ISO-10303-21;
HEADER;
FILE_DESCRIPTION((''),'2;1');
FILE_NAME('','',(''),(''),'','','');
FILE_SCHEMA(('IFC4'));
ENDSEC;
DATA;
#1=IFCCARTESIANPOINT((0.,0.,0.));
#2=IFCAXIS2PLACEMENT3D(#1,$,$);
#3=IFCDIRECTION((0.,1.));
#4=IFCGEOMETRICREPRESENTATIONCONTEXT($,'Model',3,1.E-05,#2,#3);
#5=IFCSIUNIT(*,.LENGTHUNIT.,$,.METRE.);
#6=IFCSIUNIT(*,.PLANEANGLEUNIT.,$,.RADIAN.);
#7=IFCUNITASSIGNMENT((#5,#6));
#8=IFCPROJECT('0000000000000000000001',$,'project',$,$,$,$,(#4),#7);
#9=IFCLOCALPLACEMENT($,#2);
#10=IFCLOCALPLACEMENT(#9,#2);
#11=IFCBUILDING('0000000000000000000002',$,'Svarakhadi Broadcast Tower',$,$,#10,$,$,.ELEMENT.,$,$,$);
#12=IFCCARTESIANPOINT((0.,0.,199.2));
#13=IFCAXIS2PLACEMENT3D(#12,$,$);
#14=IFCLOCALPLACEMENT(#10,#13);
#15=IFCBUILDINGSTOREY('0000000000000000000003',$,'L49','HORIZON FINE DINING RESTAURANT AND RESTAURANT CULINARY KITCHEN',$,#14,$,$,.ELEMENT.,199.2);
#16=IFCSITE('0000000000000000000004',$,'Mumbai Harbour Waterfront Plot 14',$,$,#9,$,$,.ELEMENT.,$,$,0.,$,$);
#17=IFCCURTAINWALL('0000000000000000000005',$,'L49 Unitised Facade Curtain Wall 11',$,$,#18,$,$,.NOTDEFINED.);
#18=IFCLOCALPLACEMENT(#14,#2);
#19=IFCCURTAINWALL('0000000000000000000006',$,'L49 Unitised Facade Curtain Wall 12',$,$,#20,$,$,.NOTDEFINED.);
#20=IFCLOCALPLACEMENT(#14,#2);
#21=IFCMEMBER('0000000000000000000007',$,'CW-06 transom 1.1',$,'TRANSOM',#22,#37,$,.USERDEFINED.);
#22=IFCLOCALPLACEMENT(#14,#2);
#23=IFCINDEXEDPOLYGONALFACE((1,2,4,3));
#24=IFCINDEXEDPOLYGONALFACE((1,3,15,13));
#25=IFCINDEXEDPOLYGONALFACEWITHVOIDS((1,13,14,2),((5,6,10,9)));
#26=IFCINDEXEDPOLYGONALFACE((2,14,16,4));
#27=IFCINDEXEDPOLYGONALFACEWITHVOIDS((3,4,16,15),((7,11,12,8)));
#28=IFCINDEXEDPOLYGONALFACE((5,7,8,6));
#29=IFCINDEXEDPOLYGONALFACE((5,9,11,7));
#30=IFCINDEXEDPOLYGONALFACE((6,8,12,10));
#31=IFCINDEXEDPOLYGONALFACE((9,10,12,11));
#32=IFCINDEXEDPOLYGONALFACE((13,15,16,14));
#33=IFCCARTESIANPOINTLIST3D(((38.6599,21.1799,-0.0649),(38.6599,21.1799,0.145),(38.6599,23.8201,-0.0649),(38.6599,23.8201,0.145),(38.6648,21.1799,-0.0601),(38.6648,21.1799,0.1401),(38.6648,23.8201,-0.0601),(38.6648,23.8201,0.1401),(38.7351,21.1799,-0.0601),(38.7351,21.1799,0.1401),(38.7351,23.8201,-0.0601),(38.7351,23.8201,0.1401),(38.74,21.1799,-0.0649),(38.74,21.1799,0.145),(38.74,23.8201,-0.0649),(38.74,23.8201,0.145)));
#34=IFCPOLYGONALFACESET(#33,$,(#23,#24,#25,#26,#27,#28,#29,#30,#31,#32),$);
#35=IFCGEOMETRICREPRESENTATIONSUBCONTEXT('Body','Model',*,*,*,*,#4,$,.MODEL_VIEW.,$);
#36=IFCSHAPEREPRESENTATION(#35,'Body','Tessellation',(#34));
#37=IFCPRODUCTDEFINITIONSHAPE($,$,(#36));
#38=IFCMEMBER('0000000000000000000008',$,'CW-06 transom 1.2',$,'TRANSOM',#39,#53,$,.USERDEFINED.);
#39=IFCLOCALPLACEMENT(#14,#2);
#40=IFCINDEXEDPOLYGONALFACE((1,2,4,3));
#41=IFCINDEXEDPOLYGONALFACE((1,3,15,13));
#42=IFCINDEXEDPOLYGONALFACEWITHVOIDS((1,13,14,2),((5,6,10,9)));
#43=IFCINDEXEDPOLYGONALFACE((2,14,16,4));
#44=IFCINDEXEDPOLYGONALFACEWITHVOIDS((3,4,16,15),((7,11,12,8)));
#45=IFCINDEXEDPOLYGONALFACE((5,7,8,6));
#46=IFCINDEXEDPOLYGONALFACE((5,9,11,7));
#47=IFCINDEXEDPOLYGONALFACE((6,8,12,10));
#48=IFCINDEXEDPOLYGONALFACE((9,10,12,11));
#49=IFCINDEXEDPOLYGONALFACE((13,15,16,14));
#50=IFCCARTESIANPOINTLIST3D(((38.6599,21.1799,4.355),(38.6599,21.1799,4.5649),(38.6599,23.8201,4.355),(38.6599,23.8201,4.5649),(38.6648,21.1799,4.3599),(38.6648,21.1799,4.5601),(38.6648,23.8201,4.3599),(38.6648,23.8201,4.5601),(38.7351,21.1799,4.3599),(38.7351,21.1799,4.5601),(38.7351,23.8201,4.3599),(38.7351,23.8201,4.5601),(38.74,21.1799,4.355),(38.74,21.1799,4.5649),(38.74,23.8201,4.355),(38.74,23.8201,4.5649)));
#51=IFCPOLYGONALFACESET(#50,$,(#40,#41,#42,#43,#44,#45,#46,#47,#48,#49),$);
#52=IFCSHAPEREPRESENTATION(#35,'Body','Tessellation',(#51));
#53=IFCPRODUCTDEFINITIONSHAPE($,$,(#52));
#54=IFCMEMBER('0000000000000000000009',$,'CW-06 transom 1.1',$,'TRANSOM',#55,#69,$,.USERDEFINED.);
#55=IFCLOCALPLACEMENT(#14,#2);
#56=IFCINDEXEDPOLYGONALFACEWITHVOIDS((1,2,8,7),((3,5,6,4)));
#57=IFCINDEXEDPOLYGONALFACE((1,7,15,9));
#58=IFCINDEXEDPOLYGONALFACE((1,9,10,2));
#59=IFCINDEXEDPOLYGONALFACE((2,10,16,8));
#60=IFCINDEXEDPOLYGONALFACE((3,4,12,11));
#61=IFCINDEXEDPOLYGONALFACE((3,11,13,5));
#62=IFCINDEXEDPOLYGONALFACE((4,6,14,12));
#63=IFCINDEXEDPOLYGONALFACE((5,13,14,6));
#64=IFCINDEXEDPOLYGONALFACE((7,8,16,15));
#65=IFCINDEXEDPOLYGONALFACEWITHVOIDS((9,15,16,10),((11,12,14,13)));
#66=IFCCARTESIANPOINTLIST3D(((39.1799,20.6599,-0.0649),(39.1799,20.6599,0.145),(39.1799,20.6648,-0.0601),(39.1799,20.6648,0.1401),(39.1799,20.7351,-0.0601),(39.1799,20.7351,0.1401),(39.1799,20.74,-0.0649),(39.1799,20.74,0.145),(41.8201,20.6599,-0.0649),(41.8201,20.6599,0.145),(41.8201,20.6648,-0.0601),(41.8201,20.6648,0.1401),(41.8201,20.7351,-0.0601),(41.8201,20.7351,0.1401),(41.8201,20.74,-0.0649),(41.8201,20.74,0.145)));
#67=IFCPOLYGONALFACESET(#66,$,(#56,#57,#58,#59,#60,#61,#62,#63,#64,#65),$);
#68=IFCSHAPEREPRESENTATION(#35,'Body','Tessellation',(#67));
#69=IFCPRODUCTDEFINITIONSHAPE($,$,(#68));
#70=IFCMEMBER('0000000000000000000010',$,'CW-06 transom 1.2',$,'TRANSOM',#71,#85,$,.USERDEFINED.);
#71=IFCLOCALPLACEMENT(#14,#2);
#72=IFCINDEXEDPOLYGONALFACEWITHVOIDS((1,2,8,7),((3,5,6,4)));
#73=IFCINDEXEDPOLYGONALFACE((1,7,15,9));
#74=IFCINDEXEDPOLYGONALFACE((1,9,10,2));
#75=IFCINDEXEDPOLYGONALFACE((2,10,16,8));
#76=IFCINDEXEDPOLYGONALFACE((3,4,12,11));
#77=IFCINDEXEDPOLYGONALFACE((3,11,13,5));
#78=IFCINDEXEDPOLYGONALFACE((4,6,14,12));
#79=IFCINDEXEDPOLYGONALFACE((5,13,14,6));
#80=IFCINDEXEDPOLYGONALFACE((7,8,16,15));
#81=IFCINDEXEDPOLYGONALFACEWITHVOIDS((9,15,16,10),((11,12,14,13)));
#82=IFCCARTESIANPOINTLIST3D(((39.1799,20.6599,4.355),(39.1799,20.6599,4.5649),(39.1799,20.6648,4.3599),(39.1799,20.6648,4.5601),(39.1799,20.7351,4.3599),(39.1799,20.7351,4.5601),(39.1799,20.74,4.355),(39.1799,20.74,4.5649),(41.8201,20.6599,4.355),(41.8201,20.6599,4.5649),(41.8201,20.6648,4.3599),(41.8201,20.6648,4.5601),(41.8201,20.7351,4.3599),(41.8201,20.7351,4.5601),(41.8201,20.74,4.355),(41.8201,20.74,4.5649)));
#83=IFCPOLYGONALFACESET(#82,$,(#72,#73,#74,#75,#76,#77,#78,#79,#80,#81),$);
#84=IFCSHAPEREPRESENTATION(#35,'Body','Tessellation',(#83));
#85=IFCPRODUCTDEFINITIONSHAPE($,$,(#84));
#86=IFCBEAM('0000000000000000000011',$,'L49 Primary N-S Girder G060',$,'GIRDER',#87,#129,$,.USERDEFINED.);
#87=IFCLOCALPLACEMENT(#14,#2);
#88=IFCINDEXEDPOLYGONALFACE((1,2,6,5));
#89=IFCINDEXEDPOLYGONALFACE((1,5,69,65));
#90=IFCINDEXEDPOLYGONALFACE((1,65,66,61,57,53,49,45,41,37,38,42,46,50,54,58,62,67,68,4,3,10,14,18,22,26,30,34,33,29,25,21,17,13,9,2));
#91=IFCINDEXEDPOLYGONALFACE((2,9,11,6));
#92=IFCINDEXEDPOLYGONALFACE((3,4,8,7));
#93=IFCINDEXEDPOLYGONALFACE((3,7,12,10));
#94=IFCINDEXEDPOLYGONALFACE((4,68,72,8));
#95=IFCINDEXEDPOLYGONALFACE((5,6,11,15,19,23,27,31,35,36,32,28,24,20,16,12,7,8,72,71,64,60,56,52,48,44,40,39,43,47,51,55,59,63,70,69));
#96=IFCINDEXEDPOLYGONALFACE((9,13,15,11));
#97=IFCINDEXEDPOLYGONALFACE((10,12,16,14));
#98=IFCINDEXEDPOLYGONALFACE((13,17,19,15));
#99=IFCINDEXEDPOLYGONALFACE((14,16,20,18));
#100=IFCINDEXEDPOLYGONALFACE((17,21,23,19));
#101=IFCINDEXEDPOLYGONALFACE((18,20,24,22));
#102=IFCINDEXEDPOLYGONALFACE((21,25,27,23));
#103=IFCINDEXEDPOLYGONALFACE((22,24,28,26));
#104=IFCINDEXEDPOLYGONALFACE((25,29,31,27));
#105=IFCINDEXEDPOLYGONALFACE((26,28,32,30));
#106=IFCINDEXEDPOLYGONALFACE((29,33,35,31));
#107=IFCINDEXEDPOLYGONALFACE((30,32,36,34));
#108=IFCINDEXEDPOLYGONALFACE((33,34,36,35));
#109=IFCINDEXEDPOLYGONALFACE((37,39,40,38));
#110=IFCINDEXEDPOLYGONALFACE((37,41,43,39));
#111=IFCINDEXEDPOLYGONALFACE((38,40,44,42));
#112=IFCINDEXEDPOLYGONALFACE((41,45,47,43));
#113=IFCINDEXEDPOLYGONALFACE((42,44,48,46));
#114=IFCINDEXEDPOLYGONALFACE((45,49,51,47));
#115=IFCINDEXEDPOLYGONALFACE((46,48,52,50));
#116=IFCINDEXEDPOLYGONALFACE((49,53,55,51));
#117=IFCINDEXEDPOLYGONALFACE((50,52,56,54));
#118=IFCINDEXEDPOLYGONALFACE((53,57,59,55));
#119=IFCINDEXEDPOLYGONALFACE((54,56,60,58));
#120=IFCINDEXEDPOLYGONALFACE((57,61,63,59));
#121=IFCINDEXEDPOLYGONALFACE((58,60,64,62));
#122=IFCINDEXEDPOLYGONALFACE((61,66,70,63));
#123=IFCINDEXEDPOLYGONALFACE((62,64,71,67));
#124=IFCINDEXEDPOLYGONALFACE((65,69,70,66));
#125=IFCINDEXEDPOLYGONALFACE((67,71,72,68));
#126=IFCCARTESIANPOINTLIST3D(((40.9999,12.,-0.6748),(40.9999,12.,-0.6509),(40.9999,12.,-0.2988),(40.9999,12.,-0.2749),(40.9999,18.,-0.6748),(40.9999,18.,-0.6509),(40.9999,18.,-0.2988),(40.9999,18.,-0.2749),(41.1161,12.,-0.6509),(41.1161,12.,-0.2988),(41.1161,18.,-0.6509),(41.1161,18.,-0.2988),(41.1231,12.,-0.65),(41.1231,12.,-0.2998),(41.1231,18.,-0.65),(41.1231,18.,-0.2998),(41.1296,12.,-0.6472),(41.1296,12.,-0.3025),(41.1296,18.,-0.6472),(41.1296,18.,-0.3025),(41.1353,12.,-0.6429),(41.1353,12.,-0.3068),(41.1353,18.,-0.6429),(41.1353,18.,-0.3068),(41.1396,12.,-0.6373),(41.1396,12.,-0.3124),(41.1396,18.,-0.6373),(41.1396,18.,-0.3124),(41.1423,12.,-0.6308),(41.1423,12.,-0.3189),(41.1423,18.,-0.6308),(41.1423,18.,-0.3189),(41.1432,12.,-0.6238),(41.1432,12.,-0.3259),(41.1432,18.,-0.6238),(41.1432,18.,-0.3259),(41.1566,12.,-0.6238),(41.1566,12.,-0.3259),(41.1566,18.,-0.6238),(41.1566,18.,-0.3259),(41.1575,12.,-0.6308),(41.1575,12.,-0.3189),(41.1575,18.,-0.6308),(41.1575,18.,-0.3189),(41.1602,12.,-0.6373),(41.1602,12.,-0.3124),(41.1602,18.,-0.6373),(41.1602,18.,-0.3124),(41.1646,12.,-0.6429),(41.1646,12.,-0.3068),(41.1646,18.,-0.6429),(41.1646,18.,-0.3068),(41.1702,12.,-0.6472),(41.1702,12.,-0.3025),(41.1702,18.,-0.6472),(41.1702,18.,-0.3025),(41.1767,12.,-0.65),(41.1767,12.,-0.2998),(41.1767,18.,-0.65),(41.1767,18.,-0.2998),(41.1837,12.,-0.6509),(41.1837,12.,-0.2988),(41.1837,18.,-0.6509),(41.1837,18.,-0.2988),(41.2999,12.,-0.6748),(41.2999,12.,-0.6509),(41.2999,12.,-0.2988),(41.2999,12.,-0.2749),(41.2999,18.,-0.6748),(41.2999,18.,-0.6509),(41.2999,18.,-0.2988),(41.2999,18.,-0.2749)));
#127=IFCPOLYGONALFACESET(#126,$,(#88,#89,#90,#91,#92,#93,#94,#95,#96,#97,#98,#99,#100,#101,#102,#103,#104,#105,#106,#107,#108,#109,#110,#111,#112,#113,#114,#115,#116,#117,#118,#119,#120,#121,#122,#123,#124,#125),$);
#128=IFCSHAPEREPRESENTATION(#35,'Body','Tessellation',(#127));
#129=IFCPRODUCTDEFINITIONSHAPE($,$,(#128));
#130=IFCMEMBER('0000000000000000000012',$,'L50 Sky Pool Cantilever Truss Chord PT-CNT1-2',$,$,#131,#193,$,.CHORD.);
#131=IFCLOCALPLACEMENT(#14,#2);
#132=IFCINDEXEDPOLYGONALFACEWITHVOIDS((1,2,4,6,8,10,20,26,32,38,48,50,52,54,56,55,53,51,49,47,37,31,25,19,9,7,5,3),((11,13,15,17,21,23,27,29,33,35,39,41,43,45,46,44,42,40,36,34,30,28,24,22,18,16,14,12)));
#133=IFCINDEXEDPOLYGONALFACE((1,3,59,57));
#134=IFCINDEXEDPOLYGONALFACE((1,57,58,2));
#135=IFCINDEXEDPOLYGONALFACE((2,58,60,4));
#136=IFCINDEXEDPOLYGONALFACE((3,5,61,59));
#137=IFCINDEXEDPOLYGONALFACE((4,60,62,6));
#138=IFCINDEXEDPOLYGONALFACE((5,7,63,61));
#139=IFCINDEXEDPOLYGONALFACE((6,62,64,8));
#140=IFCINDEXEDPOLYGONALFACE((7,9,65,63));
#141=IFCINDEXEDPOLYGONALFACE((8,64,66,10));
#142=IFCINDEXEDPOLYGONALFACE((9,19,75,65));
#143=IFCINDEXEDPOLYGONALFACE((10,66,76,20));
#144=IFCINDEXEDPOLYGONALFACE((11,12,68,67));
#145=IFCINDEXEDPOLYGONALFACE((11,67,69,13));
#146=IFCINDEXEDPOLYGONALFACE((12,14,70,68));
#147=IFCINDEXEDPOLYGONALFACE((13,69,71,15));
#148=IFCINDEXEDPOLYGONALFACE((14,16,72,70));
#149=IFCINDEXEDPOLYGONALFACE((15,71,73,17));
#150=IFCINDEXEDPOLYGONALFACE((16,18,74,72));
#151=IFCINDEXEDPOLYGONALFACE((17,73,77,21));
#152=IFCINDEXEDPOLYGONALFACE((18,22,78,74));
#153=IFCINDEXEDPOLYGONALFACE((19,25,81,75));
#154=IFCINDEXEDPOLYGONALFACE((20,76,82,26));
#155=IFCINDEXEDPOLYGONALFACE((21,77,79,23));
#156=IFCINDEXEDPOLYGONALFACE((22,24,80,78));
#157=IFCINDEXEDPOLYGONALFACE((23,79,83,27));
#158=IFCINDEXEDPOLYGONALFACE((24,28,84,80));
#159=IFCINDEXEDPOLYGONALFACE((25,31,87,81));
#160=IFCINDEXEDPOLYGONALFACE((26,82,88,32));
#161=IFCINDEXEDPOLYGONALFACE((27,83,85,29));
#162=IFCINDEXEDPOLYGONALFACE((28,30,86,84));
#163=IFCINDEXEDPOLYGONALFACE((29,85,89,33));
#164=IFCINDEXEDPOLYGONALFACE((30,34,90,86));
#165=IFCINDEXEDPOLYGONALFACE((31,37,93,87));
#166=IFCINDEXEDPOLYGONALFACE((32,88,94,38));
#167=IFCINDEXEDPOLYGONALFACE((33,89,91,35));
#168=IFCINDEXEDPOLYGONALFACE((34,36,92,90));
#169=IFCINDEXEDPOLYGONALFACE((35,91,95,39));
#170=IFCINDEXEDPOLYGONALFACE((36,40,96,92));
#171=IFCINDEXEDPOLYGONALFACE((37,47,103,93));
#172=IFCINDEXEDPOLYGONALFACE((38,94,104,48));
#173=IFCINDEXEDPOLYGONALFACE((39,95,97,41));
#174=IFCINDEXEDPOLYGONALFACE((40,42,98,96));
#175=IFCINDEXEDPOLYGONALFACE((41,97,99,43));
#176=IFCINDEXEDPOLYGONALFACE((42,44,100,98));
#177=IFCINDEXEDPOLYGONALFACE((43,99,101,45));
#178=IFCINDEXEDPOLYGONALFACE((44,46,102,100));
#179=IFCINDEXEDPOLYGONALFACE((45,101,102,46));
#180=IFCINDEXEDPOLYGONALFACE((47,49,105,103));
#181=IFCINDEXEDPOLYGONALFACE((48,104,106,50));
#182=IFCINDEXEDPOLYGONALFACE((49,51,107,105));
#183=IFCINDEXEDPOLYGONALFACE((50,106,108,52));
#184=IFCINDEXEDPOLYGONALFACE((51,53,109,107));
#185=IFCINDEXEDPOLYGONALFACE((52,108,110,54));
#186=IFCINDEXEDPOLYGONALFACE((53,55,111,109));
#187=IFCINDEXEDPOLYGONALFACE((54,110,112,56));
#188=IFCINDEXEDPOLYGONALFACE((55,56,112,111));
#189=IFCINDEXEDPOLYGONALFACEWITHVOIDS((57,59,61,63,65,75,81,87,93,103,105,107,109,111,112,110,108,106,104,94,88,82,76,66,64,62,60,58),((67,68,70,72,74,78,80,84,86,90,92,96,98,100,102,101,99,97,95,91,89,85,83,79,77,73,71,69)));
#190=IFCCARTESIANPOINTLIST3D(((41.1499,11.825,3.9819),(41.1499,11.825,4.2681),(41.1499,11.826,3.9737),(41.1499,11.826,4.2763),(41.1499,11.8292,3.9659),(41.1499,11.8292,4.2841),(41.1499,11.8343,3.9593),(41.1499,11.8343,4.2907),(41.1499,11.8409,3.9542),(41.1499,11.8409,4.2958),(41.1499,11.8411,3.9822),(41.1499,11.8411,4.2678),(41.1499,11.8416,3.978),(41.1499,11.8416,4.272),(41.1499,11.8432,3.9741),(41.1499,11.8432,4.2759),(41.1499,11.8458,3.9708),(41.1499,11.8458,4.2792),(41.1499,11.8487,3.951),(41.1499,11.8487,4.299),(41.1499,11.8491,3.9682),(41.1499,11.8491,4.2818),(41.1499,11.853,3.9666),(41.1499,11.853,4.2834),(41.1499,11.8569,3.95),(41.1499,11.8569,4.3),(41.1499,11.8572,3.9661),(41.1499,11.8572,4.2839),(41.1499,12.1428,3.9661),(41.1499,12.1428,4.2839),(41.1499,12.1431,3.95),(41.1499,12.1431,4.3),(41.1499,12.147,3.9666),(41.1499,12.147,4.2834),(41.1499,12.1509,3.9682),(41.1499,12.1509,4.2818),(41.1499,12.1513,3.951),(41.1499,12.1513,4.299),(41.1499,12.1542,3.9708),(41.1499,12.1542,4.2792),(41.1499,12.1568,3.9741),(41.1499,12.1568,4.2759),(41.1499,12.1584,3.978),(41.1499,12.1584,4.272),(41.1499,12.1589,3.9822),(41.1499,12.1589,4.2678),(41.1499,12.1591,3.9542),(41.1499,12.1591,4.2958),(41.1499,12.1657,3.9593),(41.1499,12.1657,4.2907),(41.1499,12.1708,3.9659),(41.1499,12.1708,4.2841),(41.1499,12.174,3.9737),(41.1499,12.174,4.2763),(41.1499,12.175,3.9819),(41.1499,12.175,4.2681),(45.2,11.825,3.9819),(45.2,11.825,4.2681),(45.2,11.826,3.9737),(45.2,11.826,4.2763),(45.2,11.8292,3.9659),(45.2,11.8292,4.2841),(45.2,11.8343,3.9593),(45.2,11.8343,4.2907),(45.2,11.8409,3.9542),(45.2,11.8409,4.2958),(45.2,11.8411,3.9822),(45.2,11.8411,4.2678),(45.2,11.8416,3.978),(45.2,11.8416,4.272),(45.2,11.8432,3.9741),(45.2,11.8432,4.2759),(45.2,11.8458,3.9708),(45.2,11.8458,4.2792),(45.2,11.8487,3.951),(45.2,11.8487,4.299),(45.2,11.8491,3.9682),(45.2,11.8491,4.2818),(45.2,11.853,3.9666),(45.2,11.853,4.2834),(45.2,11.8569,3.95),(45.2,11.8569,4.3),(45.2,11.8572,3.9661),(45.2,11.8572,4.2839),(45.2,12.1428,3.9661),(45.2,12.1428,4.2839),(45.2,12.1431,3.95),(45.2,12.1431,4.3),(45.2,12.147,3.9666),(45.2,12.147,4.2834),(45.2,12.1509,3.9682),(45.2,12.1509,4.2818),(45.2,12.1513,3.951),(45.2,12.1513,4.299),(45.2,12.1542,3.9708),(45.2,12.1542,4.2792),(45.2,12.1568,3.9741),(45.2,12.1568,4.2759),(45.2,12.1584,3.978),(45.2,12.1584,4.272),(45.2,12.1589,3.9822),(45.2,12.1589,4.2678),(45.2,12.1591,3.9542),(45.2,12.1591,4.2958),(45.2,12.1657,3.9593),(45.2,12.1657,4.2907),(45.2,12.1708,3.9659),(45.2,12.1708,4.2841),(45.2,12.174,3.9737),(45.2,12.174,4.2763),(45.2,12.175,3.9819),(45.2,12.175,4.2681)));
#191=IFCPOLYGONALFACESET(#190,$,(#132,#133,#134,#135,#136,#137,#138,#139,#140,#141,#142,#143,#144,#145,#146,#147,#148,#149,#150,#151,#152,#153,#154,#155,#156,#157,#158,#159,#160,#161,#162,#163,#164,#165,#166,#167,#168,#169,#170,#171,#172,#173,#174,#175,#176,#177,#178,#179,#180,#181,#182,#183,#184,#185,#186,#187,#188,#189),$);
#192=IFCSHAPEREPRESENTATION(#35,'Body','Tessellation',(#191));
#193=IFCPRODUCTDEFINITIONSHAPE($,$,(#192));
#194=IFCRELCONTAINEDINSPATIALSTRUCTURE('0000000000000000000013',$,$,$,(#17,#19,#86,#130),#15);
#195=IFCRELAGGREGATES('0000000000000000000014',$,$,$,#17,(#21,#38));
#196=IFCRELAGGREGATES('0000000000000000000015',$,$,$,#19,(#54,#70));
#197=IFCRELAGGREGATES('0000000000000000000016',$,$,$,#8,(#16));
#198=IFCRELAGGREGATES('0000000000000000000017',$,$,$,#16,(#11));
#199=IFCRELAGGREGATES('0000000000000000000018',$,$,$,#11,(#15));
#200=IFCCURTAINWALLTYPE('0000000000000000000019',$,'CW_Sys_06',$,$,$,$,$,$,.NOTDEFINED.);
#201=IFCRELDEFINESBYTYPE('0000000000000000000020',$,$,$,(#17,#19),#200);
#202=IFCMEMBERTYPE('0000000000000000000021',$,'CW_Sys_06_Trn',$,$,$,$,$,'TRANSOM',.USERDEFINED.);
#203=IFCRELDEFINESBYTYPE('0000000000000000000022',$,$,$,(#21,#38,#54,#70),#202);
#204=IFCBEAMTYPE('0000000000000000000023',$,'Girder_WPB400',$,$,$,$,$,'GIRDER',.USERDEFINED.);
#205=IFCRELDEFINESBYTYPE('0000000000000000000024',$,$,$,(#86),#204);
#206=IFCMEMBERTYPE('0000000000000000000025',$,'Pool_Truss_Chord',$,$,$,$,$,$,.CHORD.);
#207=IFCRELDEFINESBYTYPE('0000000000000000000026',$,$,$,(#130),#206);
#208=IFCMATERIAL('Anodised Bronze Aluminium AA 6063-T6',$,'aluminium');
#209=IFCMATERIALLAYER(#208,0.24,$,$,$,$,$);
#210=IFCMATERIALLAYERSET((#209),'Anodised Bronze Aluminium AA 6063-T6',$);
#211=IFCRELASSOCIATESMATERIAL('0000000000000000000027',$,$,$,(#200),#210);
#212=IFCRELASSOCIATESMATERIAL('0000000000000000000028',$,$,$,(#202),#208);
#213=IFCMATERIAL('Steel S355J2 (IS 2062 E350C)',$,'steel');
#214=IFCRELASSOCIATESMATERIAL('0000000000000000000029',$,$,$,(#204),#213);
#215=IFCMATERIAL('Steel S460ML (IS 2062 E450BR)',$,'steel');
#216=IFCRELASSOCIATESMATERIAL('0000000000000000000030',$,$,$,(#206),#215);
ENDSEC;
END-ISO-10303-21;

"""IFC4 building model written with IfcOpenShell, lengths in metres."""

from ifc_helpers import new_model, si_unit, direction, frame, origin, origin_2d, place, context, subcontext, project, spatial, hollow_rectangle, i_section, extrude, material, layer, layer_set, material_profile, profile_set, type_object, element, aggregate, save


model = new_model("IFC4")

# Units and contexts
model_context = context("Model", 3, precision=1e-05, world=origin(), true_north=direction((0.0, 1.0)))
body_context = subcontext(model_context, "Body", "Model", "MODEL_VIEW")
ifc_project = project(units=[si_unit("LENGTHUNIT", "METRE"), si_unit("PLANEANGLEUNIT", "RADIAN")], contexts=[model_context])

# Site, building, storey
site_placement = place(None, origin())
site = spatial("IfcSite", under=ifc_project, at=site_placement, Name="Mumbai Harbour Waterfront Plot 14", CompositionType="ELEMENT", RefElevation=0.0)
building_placement = place(site_placement, origin())
building = spatial("IfcBuilding", under=site, at=building_placement, Name="Svarakhadi Broadcast Tower", CompositionType="ELEMENT")
storey_placement = place(building_placement, frame((0.0, 0.0, 199.2)))
storey = spatial("IfcBuildingStorey", under=building, at=storey_placement, Name="L49", Description="HORIZON FINE DINING RESTAURANT AND RESTAURANT CULINARY KITCHEN", CompositionType="ELEMENT", Elevation=199.2)

# Shared definitions
ifc_material_1 = material(Name="Steel S460ML (IS 2062 E450BR)", Category="steel")

# Shared definitions
ifc_material_2 = material(Name="Anodised Bronze Aluminium AA 6063-T6", Category="aluminium")
ifc_layer_1 = layer(ifc_material_2, 0.24)
ifc_layer_set_1 = layer_set([ifc_layer_1], Name="Anodised Bronze Aluminium AA 6063-T6")
curtain_wall_type = type_object("IfcCurtainWallType", Name="CW_Sys_06", PredefinedType="NOTDEFINED", material=ifc_layer_set_1)

# Curtain walls
curtain_wall_1_placement = place(storey_placement, origin())
curtain_wall_1 = element("IfcCurtainWall", 1, at=curtain_wall_1_placement, inside=storey, type_object=curtain_wall_type, Name="L49 Unitised Facade Curtain Wall 11", PredefinedType="NOTDEFINED")
curtain_wall_2_placement = place(storey_placement, origin())
curtain_wall_2 = element("IfcCurtainWall", 2, at=curtain_wall_2_placement, inside=storey, type_object=curtain_wall_type, Name="L49 Unitised Facade Curtain Wall 12", PredefinedType="NOTDEFINED")

# Members
ifc_material_profile_1 = material_profile(ifc_material_2, hollow_rectangle(XDim=0.0801, YDim=0.21, WallThickness=0.0049, at=origin_2d()), Name="ALU TRANSOM 210x80x5")
ifc_profile_set_1 = profile_set([ifc_material_profile_1], Name="Anodised Bronze Aluminium AA 6063-T6")
member_type_1 = type_object("IfcMemberType", Name="CW_Sys_06_Trn", ElementType="TRANSOM", PredefinedType="USERDEFINED", material=ifc_profile_set_1)
member_1_placement = place(storey_placement, frame((38.7, 23.8201, 0.04), z_axis=(0.0, -1.0, 0.0), x_axis=(1.0, 0.0, 0.0)))
member_1 = element("IfcMember", 3, at=member_1_placement, type_object=member_type_1, Name="CW-06 transom 1.1", ObjectType="TRANSOM", PredefinedType="USERDEFINED", context=body_context, shape_type="SweptSolid", body=[
    extrude(hollow_rectangle(XDim=0.0801, YDim=0.21, WallThickness=0.0049, at=origin_2d()), origin(), (0.0, 0.0, 1.0), 2.6401),
])
member_2_placement = place(storey_placement, frame((38.7, 23.8201, 4.46), z_axis=(0.0, -1.0, 0.0), x_axis=(1.0, 0.0, 0.0)))
member_2 = element("IfcMember", 4, at=member_2_placement, type_object=member_type_1, Name="CW-06 transom 1.2", ObjectType="TRANSOM", PredefinedType="USERDEFINED", context=body_context, shape_type="SweptSolid", body=[
    extrude(hollow_rectangle(XDim=0.0801, YDim=0.21, WallThickness=0.0049, at=origin_2d()), origin(), (0.0, 0.0, 1.0), 2.6401),
])
member_3_placement = place(storey_placement, frame((39.1799, 20.7, 0.04), z_axis=(1.0, 0.0, 0.0), x_axis=(0.0, 1.0, 0.0)))
member_3 = element("IfcMember", 5, at=member_3_placement, type_object=member_type_1, Name="CW-06 transom 1.1", ObjectType="TRANSOM", PredefinedType="USERDEFINED", context=body_context, shape_type="SweptSolid", body=[
    extrude(hollow_rectangle(XDim=0.0801, YDim=0.21, WallThickness=0.0049, at=origin_2d()), origin(), (0.0, 0.0, 1.0), 2.6401),
])
member_4_placement = place(storey_placement, frame((39.1799, 20.7, 4.46), z_axis=(1.0, 0.0, 0.0), x_axis=(0.0, 1.0, 0.0)))
member_4 = element("IfcMember", 6, at=member_4_placement, type_object=member_type_1, Name="CW-06 transom 1.2", ObjectType="TRANSOM", PredefinedType="USERDEFINED", context=body_context, shape_type="SweptSolid", body=[
    extrude(hollow_rectangle(XDim=0.0801, YDim=0.21, WallThickness=0.0049, at=origin_2d()), origin(), (0.0, 0.0, 1.0), 2.6401),
])

# Beam
ifc_material_3 = material(Name="Steel S355J2 (IS 2062 E350C)", Category="steel")
ifc_material_profile_2 = material_profile(ifc_material_3, i_section(OverallWidth=0.3, OverallDepth=0.3999, WebThickness=0.0134, FlangeThickness=0.0239, FilletRadius=0.0271, at=origin_2d()), Name="WPB 400x300x155")
ifc_profile_set_2 = profile_set([ifc_material_profile_2], Name="Steel S355J2 (IS 2062 E350C)")
beam_type = type_object("IfcBeamType", Name="Girder_WPB400", ElementType="GIRDER", PredefinedType="USERDEFINED", material=ifc_profile_set_2)
beam_placement = place(storey_placement, frame((41.1499, 12.0, -0.4749), z_axis=(0.0, 1.0, 0.0), x_axis=(-1.0, 0.0, 0.0)))
element("IfcBeam", 7, at=beam_placement, inside=storey, type_object=beam_type, Name="L49 Primary N-S Girder G060", ObjectType="GIRDER", PredefinedType="USERDEFINED", context=body_context, shape_type="SweptSolid", body=[
    extrude(i_section(OverallWidth=0.3, OverallDepth=0.3999, WebThickness=0.0134, FlangeThickness=0.0239, FilletRadius=0.0271, at=origin_2d()), origin(), (0.0, 0.0, 1.0), 6.0),
])

# Member
ifc_material_profile_3 = material_profile(ifc_material_1, hollow_rectangle(XDim=0.3501, YDim=0.3501, WallThickness=0.0161, InnerFilletRadius=0.0161, OuterFilletRadius=0.032, at=origin_2d()), Name="SHS 350x350x16")
ifc_profile_set_3 = profile_set([ifc_material_profile_3], Name="Steel S460ML (IS 2062 E450BR)")
member_type_2 = type_object("IfcMemberType", Name="Pool_Truss_Chord", PredefinedType="CHORD", material=ifc_profile_set_3)
member_5_placement = place(storey_placement, frame((41.1499, 12.0, 4.125), z_axis=(1.0, 0.0, 0.0), x_axis=(0.0, 1.0, 0.0)))
element("IfcMember", 8, at=member_5_placement, inside=storey, type_object=member_type_2, Name="L50 Sky Pool Cantilever Truss Chord PT-CNT1-2", PredefinedType="CHORD", context=body_context, shape_type="SweptSolid", body=[
    extrude(hollow_rectangle(XDim=0.3501, YDim=0.3501, WallThickness=0.0161, InnerFilletRadius=0.0161, OuterFilletRadius=0.032, at=origin_2d()), origin(), (0.0, 0.0, 1.0), 4.05),
])

aggregate(curtain_wall_1, [member_1, member_2])
aggregate(curtain_wall_2, [member_3, member_4])

save(model, "model.ifc")
